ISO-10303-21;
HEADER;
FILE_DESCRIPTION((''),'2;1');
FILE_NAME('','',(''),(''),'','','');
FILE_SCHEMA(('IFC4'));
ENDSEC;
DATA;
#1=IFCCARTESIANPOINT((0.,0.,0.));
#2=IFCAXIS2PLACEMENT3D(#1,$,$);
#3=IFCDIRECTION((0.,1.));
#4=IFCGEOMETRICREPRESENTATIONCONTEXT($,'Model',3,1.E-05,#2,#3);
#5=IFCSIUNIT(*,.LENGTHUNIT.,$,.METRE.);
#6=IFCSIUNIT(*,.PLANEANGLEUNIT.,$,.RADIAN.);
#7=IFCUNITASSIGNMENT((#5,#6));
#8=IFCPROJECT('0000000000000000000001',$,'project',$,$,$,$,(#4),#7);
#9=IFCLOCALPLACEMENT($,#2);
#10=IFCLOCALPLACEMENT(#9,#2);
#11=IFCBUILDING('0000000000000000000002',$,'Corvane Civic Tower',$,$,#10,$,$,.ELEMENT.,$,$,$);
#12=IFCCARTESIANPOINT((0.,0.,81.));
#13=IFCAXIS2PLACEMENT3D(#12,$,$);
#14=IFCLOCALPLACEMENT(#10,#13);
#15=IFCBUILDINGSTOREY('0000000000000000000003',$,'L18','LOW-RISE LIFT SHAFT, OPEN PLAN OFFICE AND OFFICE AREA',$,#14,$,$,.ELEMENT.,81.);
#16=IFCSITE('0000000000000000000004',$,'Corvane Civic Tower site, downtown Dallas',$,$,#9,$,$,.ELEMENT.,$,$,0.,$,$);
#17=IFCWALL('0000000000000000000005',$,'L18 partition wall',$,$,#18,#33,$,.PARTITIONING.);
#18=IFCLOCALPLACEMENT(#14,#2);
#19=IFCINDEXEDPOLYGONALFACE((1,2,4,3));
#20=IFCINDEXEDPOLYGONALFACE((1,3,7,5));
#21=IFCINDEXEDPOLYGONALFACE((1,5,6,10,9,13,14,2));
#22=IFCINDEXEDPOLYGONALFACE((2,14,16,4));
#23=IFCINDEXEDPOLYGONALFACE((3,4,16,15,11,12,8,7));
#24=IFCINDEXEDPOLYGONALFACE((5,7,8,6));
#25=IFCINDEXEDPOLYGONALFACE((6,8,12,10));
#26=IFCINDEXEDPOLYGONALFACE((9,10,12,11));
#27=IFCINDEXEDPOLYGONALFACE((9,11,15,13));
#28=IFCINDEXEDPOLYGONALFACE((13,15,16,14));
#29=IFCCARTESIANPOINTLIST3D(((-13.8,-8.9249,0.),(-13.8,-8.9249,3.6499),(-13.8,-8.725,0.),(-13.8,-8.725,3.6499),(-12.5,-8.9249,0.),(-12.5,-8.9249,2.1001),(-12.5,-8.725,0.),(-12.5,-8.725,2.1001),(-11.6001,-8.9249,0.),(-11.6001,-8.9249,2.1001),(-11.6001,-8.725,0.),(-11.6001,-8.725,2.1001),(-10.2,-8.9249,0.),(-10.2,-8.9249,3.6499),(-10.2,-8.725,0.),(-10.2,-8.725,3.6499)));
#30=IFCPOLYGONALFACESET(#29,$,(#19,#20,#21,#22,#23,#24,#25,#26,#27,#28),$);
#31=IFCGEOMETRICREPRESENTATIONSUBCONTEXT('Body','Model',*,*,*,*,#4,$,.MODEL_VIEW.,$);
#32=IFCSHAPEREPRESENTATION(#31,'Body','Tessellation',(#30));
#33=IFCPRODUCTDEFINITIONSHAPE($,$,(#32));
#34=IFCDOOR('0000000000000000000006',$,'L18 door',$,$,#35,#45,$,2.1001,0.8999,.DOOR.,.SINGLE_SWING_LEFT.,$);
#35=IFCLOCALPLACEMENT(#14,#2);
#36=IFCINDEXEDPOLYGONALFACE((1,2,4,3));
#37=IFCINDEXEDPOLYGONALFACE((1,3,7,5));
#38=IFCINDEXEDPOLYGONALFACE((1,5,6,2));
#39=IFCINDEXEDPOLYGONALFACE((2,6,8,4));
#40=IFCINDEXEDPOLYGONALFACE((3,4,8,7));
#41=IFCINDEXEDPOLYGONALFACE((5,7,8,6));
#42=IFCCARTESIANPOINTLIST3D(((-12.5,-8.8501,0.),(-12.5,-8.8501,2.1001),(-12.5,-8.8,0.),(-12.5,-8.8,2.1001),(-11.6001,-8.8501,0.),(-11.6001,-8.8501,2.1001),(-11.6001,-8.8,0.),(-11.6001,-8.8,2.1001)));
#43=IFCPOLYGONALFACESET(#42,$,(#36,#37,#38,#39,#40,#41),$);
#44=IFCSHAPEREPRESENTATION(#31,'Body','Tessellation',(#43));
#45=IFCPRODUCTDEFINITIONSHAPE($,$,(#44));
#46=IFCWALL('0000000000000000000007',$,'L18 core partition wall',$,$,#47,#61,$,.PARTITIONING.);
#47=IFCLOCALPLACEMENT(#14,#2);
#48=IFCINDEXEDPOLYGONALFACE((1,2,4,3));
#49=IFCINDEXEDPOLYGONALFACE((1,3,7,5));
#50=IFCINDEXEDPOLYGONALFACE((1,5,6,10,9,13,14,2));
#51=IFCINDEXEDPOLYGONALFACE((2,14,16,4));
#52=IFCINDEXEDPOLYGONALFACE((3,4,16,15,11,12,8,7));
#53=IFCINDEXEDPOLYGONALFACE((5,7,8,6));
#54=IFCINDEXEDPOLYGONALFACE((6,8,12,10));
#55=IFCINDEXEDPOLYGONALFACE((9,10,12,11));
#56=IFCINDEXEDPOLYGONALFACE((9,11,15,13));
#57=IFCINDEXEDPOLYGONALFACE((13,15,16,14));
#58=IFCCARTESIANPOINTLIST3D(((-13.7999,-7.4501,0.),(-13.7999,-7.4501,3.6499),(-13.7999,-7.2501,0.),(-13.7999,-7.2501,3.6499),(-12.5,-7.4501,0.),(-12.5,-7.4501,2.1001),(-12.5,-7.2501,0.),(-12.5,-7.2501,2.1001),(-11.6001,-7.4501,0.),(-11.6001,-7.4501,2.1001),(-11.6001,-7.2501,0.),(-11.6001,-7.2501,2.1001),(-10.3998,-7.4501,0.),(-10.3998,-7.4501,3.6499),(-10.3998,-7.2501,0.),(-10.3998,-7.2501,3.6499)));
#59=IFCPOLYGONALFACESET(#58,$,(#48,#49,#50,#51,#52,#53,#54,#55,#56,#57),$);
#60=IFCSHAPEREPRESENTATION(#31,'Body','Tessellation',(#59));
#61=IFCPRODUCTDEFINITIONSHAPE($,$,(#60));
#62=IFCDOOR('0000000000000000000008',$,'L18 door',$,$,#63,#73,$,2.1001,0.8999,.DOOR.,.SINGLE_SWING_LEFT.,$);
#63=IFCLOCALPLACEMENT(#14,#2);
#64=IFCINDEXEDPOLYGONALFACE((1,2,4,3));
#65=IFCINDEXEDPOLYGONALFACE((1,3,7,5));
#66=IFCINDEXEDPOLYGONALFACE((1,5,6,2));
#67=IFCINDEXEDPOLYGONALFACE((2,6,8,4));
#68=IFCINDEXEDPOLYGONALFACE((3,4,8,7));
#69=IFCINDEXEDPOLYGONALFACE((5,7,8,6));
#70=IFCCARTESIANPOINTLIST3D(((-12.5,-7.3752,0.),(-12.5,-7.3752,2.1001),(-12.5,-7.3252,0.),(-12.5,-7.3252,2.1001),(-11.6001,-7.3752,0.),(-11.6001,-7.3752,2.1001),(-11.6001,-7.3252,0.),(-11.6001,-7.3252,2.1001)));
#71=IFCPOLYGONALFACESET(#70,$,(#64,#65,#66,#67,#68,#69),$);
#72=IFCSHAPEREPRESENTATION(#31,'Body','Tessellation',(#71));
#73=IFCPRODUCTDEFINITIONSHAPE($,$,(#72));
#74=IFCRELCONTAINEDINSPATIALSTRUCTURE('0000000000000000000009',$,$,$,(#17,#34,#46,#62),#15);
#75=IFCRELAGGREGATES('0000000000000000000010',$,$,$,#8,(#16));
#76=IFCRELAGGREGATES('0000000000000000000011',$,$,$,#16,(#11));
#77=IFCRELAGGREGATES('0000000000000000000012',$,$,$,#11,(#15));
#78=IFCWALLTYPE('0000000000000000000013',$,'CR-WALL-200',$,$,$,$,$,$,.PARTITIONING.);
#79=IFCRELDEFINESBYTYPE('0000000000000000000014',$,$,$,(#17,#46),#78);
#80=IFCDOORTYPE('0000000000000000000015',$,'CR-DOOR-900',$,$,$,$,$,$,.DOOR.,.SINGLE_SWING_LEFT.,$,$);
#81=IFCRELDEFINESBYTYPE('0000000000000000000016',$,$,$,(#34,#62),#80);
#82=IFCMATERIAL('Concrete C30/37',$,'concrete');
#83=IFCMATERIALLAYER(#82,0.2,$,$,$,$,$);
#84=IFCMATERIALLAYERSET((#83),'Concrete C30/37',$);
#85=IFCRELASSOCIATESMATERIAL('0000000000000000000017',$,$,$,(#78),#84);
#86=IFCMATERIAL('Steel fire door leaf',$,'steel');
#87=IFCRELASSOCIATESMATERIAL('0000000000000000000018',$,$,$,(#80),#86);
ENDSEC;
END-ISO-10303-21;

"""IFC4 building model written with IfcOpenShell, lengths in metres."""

from ifc_helpers import new_model, si_unit, direction, frame, frame_2d, origin, place, context, subcontext, project, spatial, rectangle, extrude, material, layer, layer_set, type_object, element, fill, save


model = new_model("IFC4")

# Units and contexts
model_context = context("Model", 3, precision=1e-05, world=origin(), true_north=direction((0.0, 1.0)))
body_context = subcontext(model_context, "Body", "Model", "MODEL_VIEW")
ifc_project = project(units=[si_unit("LENGTHUNIT", "METRE"), si_unit("PLANEANGLEUNIT", "RADIAN")], contexts=[model_context])

# Site, building, storey
site_placement = place(None, origin())
site = spatial("IfcSite", under=ifc_project, at=site_placement, Name="Corvane Civic Tower site, downtown Dallas", CompositionType="ELEMENT", RefElevation=0.0)
building_placement = place(site_placement, origin())
building = spatial("IfcBuilding", under=site, at=building_placement, Name="Corvane Civic Tower", CompositionType="ELEMENT")
storey_placement = place(building_placement, frame((0.0, 0.0, 81.0)))
storey = spatial("IfcBuildingStorey", under=building, at=storey_placement, Name="L18", Description="LOW-RISE LIFT SHAFT, OPEN PLAN OFFICE AND OFFICE AREA", CompositionType="ELEMENT", Elevation=81.0)

# Walls, openings, doors
ifc_material_1 = material(Name="Concrete C30/37", Category="concrete")
ifc_layer_1 = layer(ifc_material_1, 0.2)
ifc_layer_set_1 = layer_set([ifc_layer_1], Name="Concrete C30/37")
wall_type_1 = type_object("IfcWallType", Name="CR-WALL-200", PredefinedType="PARTITIONING", material=ifc_layer_set_1)
wall_1_placement = place(storey_placement, frame((-13.8, -8.825, 0.0), z_axis=(0.0, 0.0, 1.0), x_axis=(1.0, 0.0, 0.0)))
wall_1 = element("IfcWall", 1, at=wall_1_placement, inside=storey, type_object=wall_type_1, Name="L18 partition wall", PredefinedType="PARTITIONING", context=body_context, shape_type="SweptSolid", body=[
    extrude(rectangle(XDim=3.6001, YDim=0.2, at=frame_2d((1.8, 0.0))), origin(), (0.0, 0.0, 1.0), 3.6499),
])
opening_1_placement = place(wall_1_placement, frame((1.3, 0.0, 0.0)))
opening_1 = element("IfcOpeningElement", 2, at=opening_1_placement, cuts=wall_1, PredefinedType="OPENING", context=body_context, shape_type="SweptSolid", body=[
    extrude(rectangle(XDim=0.8999, YDim=2.1001, at=frame_2d((0.45, 1.05))), frame((0.0, 0.1099, 0.0), z_axis=(0.0, -1.0, 0.0), x_axis=(1.0, 0.0, 0.0)), (0.0, 0.0, 1.0), 0.22),
])
ifc_material_2 = material(Name="Steel fire door leaf", Category="steel")
door_type_1 = type_object("IfcDoorType", Name="CR-DOOR-900", OperationType="SINGLE_SWING_LEFT", PredefinedType="DOOR", material=ifc_material_2)
door_1_placement = place(opening_1_placement, origin())
door_1 = element("IfcDoor", 3, at=door_1_placement, inside=storey, type_object=door_type_1, Name="L18 door", OperationType="SINGLE_SWING_LEFT", OverallHeight=2.1001, OverallWidth=0.8999, PredefinedType="DOOR", context=body_context, shape_type="SweptSolid", body=[
    extrude(rectangle(XDim=0.8999, YDim=2.1001, at=frame_2d((0.45, 1.05))), frame((0.0, 0.0249, 0.0), z_axis=(0.0, -1.0, 0.0), x_axis=(1.0, 0.0, 0.0)), (0.0, 0.0, 1.0), 0.05),
])
fill(opening_1, door_1)
wall_2_placement = place(storey_placement, frame((-13.8, -7.3501, 0.0), z_axis=(0.0, 0.0, 1.0), x_axis=(1.0, 0.0, 0.0)))
wall_2 = element("IfcWall", 4, at=wall_2_placement, inside=storey, type_object=wall_type_1, Name="L18 core partition wall", PredefinedType="PARTITIONING", context=body_context, shape_type="SweptSolid", body=[
    extrude(rectangle(XDim=3.4001, YDim=0.2, at=frame_2d((1.7002, 0.0))), origin(), (0.0, 0.0, 1.0), 3.6499),
])
opening_2_placement = place(wall_2_placement, frame((1.3, 0.0, 0.0)))
opening_2 = element("IfcOpeningElement", 5, at=opening_2_placement, cuts=wall_2, PredefinedType="OPENING", context=body_context, shape_type="SweptSolid", body=[
    extrude(rectangle(XDim=0.8999, YDim=2.1001, at=frame_2d((0.45, 1.05))), frame((0.0, 0.1099, 0.0), z_axis=(0.0, -1.0, 0.0), x_axis=(1.0, 0.0, 0.0)), (0.0, 0.0, 1.0), 0.22),
])
door_2_placement = place(opening_2_placement, origin())
door_2 = element("IfcDoor", 6, at=door_2_placement, inside=storey, type_object=door_type_1, Name="L18 door", OperationType="SINGLE_SWING_LEFT", OverallHeight=2.1001, OverallWidth=0.8999, PredefinedType="DOOR", context=body_context, shape_type="SweptSolid", body=[
    extrude(rectangle(XDim=0.8999, YDim=2.1001, at=frame_2d((0.45, 1.05))), frame((0.0, 0.0249, 0.0), z_axis=(0.0, -1.0, 0.0), x_axis=(1.0, 0.0, 0.0)), (0.0, 0.0, 1.0), 0.05),
])
fill(opening_2, door_2)

save(model, "model.ifc")
